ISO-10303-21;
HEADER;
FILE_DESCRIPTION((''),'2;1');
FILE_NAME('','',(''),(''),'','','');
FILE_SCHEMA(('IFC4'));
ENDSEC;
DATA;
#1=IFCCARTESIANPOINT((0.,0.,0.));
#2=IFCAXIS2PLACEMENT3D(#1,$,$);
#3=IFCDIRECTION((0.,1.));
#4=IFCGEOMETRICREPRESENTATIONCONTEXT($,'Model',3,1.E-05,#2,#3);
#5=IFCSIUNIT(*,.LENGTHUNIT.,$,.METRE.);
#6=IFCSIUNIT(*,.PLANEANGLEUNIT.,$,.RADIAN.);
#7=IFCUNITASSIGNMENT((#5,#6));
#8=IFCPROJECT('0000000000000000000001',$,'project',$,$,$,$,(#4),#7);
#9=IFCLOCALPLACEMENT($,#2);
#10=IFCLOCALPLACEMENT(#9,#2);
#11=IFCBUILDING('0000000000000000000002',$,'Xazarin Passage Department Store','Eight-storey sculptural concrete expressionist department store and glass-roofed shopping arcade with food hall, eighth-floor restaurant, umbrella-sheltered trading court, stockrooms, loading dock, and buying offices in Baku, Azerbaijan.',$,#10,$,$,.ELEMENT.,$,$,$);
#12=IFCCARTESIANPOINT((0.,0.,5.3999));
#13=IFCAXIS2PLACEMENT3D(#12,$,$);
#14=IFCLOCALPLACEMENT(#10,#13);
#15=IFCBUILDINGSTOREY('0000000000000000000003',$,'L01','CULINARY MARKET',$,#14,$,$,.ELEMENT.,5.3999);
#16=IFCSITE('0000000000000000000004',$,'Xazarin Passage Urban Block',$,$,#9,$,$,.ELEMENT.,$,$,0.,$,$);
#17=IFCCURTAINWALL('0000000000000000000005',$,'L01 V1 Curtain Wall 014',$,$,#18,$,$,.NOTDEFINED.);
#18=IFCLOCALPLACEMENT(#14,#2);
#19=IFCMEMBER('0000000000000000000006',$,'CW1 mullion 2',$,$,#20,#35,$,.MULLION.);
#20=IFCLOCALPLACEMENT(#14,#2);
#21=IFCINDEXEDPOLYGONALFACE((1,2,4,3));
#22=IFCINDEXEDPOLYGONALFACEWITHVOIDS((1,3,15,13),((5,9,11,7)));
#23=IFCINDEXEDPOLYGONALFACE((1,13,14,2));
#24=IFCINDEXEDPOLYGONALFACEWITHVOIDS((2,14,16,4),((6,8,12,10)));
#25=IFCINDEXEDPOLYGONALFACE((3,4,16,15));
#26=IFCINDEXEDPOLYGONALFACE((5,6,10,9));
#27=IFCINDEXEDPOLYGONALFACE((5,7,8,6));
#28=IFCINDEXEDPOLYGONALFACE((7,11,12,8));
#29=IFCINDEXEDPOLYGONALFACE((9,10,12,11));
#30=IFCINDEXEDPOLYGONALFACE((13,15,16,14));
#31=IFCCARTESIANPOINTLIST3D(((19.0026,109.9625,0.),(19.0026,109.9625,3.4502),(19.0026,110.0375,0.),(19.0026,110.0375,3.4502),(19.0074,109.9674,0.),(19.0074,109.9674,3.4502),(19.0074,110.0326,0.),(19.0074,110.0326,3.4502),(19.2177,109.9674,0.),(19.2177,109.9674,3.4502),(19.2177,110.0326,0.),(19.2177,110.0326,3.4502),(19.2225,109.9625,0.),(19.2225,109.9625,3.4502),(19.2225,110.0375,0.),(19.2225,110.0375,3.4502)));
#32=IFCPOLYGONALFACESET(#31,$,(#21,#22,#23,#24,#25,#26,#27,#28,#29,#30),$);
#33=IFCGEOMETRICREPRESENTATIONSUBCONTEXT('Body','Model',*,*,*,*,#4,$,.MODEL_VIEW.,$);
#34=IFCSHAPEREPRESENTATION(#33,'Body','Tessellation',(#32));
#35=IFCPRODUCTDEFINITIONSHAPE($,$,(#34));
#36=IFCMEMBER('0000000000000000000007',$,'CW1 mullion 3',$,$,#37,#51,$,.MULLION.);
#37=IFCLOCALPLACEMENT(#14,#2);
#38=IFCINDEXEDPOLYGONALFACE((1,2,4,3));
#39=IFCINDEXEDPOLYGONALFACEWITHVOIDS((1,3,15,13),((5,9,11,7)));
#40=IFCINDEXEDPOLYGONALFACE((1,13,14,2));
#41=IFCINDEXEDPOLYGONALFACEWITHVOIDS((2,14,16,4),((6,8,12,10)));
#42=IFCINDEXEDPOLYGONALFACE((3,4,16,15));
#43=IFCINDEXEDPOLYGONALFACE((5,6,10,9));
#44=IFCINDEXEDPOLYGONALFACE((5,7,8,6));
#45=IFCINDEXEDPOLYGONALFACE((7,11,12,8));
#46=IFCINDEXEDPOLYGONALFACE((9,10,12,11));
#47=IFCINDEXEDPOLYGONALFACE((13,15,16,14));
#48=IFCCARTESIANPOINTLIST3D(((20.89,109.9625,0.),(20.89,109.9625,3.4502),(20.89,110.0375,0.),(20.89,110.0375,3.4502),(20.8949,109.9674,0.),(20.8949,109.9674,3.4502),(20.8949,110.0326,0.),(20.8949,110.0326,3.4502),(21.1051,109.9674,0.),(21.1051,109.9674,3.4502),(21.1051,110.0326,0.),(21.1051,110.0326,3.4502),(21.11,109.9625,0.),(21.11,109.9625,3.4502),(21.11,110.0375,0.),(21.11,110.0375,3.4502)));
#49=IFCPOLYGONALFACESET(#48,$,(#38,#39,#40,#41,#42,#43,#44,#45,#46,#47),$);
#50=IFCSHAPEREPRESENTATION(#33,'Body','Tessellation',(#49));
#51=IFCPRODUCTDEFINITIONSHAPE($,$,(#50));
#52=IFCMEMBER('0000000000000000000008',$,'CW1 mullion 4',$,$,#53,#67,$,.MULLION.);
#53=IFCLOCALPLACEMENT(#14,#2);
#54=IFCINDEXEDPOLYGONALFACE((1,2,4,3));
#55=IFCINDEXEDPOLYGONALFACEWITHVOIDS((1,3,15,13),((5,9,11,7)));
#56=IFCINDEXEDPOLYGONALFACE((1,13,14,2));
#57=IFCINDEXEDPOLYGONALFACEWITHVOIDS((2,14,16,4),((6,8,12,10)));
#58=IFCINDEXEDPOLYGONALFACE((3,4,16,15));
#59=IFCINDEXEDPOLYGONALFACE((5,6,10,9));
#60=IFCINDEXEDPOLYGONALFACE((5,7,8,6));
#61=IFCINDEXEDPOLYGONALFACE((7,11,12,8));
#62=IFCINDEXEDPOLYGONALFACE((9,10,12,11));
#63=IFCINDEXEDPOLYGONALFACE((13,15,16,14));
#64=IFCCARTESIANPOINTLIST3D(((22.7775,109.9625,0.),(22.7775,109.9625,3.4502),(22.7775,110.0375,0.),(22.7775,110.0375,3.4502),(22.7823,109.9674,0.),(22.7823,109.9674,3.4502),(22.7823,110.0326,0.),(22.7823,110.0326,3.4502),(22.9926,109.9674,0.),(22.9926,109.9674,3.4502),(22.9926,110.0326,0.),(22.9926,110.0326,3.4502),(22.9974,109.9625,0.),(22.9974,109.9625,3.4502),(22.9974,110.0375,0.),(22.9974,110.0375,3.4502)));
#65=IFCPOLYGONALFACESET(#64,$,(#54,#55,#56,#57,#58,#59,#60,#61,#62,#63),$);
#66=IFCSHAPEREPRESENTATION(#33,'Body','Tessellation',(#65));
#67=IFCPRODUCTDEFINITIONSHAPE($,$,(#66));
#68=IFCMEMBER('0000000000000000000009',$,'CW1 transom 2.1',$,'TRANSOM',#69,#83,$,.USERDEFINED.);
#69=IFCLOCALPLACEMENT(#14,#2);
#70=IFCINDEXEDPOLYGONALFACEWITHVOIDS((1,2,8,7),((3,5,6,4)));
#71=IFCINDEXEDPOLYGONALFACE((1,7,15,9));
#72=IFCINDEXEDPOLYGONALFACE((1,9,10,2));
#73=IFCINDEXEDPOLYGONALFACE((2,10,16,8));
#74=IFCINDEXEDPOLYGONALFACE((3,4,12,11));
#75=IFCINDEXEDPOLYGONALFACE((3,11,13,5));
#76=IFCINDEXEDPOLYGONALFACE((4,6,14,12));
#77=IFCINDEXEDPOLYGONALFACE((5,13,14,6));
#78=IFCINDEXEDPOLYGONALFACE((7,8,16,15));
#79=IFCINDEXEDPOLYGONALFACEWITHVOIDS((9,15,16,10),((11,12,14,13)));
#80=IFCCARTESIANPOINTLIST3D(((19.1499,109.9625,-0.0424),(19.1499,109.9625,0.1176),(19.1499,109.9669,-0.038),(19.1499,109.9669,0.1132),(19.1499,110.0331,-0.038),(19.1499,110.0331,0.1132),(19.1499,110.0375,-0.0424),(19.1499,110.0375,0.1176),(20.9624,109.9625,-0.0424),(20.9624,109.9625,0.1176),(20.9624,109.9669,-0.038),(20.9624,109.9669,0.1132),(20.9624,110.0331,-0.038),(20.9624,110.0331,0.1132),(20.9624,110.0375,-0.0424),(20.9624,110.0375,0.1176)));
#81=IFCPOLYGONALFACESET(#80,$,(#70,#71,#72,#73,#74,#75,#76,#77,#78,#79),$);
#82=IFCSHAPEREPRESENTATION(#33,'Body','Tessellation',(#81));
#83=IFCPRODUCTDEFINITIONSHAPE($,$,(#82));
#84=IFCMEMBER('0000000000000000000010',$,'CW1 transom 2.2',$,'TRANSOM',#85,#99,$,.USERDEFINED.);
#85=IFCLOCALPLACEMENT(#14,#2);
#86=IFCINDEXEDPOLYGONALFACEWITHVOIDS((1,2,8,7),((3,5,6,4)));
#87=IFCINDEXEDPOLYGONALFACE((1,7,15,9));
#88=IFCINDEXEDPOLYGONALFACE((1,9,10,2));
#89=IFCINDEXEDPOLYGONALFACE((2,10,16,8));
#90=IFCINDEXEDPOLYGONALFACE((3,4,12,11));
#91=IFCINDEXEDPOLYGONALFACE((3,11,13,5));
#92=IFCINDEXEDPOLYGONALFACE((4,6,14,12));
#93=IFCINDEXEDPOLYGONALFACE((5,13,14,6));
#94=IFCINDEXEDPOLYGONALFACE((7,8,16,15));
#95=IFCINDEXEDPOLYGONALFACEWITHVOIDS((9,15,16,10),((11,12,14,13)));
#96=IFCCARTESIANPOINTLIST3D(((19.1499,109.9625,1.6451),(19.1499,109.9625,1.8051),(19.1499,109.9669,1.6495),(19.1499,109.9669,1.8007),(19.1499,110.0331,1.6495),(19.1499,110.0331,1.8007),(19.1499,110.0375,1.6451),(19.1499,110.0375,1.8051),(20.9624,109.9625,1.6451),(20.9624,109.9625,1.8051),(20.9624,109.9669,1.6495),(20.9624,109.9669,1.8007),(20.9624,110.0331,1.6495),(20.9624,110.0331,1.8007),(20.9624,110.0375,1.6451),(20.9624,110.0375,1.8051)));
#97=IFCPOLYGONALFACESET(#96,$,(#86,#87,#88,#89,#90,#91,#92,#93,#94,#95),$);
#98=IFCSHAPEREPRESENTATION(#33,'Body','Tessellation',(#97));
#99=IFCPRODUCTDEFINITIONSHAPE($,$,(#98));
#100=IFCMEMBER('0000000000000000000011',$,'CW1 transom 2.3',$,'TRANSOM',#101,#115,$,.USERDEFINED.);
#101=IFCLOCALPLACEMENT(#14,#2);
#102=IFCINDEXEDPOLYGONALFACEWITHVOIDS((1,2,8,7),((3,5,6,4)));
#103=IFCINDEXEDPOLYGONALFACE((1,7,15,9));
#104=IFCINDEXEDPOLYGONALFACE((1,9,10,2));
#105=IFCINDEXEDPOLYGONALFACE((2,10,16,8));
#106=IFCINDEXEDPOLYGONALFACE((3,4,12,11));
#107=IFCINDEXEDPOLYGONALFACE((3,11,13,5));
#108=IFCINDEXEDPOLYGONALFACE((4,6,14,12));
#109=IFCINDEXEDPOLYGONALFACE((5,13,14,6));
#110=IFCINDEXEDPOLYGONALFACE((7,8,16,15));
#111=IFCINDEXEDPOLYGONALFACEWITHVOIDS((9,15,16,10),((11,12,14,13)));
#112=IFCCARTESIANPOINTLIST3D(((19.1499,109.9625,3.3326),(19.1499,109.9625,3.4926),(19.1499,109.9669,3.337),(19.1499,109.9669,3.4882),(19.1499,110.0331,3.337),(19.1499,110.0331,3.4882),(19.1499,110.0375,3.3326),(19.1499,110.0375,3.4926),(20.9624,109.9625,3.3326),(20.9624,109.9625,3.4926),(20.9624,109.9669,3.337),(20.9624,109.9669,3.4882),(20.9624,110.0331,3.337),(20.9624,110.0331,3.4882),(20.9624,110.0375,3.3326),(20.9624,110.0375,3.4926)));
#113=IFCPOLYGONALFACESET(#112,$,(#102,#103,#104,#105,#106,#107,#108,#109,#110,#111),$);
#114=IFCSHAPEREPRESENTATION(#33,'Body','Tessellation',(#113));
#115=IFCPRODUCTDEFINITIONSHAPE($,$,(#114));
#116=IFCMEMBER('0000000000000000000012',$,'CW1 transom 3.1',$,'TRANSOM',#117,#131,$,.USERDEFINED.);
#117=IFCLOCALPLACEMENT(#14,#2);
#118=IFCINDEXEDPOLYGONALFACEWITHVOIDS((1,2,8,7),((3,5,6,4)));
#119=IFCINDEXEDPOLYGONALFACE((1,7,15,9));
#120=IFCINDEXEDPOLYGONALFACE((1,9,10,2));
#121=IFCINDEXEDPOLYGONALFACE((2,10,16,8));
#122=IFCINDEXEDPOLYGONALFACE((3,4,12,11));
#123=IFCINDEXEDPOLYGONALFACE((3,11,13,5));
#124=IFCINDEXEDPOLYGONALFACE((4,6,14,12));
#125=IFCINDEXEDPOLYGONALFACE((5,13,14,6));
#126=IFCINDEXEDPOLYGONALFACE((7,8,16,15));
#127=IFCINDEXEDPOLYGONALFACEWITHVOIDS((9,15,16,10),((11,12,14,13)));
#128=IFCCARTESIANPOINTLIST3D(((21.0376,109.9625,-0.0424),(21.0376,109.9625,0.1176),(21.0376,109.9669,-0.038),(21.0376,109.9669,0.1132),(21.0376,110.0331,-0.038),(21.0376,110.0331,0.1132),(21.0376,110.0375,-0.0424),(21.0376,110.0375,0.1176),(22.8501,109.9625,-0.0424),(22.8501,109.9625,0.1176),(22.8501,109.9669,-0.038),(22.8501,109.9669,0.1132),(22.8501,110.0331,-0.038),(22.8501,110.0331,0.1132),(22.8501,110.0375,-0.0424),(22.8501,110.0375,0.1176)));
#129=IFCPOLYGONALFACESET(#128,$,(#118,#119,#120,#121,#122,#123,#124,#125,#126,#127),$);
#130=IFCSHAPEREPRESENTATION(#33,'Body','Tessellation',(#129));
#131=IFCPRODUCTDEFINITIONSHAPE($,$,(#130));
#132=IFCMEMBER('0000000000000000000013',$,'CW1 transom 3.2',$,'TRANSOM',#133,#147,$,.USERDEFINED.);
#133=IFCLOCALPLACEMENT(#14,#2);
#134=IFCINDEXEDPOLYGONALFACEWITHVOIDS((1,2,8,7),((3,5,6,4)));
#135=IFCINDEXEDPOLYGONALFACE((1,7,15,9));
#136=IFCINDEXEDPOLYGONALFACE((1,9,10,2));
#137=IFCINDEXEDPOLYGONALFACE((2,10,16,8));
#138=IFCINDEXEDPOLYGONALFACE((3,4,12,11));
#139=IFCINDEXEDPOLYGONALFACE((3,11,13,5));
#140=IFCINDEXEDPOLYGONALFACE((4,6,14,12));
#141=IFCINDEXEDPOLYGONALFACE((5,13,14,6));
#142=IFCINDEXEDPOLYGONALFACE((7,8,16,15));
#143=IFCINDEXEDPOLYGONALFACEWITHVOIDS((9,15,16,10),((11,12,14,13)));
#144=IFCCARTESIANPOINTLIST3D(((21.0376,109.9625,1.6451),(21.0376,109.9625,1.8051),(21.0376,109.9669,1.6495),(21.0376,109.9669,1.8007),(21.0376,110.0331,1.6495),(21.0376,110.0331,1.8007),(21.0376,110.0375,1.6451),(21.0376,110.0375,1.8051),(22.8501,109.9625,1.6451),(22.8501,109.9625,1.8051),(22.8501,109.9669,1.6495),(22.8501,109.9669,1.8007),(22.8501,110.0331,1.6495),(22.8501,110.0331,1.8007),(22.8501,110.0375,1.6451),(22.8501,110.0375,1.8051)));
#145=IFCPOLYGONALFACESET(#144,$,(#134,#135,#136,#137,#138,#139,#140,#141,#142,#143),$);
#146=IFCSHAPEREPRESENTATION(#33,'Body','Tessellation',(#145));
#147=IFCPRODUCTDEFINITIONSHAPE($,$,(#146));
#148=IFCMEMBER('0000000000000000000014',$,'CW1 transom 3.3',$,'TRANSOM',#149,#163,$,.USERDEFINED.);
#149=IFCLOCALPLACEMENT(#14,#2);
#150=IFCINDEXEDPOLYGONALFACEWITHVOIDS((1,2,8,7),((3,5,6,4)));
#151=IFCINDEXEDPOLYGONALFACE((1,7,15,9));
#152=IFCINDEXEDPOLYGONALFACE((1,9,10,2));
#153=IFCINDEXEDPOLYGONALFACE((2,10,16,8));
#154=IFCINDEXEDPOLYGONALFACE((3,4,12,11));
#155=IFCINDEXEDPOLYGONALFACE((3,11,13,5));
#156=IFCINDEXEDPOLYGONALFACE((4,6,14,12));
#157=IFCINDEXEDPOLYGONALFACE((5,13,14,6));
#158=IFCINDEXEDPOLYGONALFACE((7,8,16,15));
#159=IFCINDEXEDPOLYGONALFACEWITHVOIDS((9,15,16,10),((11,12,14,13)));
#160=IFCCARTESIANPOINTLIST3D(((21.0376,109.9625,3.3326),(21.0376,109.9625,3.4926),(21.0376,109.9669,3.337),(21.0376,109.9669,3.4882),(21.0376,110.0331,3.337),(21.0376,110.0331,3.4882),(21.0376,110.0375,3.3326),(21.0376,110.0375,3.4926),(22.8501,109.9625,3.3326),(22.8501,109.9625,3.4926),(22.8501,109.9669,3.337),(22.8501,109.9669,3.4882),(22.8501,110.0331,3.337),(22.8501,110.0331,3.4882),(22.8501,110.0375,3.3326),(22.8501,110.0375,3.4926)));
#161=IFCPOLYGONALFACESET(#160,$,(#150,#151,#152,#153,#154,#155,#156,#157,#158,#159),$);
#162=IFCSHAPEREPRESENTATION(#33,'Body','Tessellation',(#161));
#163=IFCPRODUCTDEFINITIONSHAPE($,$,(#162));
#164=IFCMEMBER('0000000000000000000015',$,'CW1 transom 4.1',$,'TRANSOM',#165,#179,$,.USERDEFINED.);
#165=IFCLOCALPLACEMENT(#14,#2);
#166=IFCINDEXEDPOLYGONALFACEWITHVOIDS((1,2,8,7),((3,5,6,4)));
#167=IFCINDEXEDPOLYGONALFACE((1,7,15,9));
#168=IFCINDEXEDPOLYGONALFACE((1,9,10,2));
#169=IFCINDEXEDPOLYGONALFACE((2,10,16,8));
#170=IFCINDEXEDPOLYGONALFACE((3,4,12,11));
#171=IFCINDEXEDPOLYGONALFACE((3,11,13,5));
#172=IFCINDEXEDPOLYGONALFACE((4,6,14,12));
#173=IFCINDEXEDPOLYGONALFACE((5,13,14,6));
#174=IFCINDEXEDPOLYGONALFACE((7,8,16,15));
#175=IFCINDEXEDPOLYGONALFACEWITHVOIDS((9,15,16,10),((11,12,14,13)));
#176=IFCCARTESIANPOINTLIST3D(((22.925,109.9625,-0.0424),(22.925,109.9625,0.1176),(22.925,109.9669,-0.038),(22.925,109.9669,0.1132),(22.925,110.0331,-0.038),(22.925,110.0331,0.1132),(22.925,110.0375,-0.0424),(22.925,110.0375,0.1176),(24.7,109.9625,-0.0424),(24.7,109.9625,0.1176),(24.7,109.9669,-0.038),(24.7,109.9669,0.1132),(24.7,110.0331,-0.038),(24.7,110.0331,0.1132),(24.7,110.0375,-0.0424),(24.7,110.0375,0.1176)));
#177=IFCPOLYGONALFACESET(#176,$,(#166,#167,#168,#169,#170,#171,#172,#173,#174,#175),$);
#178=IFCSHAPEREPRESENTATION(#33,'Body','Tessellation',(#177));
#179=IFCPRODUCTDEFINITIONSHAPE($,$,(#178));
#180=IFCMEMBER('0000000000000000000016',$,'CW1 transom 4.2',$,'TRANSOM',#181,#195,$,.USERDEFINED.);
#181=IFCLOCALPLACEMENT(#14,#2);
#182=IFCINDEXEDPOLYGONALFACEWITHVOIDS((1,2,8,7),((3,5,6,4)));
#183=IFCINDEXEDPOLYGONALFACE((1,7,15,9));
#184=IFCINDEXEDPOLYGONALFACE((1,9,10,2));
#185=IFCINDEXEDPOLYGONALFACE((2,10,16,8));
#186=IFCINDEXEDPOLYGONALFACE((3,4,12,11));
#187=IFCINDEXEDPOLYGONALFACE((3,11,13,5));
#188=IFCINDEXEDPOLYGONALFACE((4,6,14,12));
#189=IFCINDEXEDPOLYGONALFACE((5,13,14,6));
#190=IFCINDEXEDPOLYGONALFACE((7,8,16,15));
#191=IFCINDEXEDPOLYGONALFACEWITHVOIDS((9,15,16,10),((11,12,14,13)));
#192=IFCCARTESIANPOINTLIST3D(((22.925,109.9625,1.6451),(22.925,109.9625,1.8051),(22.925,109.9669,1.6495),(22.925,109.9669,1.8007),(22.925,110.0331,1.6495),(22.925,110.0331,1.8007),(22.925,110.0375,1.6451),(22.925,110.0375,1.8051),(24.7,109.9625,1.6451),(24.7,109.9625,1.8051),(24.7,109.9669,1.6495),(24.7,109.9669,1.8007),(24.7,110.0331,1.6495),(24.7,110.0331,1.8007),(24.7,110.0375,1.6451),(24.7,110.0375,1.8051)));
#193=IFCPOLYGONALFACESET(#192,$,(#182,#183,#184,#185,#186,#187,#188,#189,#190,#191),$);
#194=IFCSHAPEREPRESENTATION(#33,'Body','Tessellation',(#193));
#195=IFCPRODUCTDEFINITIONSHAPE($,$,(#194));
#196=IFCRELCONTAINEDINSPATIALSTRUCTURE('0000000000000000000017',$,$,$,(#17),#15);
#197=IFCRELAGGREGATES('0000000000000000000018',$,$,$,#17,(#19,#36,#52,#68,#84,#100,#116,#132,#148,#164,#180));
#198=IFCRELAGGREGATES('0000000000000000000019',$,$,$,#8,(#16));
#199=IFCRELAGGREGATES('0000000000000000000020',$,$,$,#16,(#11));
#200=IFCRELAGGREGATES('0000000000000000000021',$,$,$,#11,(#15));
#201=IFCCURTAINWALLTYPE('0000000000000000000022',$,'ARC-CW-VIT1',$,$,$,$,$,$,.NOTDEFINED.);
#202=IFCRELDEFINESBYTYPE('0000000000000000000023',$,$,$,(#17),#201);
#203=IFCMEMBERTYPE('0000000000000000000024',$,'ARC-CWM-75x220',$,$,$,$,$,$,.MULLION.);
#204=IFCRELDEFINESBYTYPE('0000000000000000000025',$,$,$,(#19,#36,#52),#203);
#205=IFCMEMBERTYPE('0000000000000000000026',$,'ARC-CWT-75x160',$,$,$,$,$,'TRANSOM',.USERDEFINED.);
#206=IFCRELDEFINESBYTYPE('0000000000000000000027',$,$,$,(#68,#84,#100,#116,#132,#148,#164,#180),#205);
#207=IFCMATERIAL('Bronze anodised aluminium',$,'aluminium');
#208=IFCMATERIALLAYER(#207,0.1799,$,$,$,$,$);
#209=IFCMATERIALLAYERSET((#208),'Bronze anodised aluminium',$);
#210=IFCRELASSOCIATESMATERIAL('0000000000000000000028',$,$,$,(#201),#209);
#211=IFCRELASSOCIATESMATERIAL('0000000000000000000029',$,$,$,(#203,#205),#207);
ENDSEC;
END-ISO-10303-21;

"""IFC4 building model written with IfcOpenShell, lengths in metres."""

from ifc_helpers import new_model, si_unit, direction, frame, origin, origin_2d, place, context, subcontext, project, spatial, hollow_rectangle, extrude, material, layer, layer_set, material_profile, profile_set, type_object, element, aggregate, save


model = new_model("IFC4")

# Units and contexts
model_context = context("Model", 3, precision=1e-05, world=origin(), true_north=direction((0.0, 1.0)))
body_context = subcontext(model_context, "Body", "Model", "MODEL_VIEW")
ifc_project = project(units=[si_unit("LENGTHUNIT", "METRE"), si_unit("PLANEANGLEUNIT", "RADIAN")], contexts=[model_context])

# Site, building, storey
site_placement = place(None, origin())
site = spatial("IfcSite", under=ifc_project, at=site_placement, Name="Xazarin Passage Urban Block", CompositionType="ELEMENT", RefElevation=0.0)
building_placement = place(site_placement, origin())
building = spatial("IfcBuilding", under=site, at=building_placement, Name="Xazarin Passage Department Store", Description="Eight-storey sculptural concrete expressionist department store and glass-roofed shopping arcade with food hall, eighth-floor restaurant, umbrella-sheltered trading court, stockrooms, loading dock, and buying offices in Baku, Azerbaijan.", CompositionType="ELEMENT")
storey_placement = place(building_placement, frame((0.0, 0.0, 5.3999)))
storey = spatial("IfcBuildingStorey", under=building, at=storey_placement, Name="L01", Description="CULINARY MARKET", CompositionType="ELEMENT", Elevation=5.3999)

# Curtain wall, members
ifc_material_1 = material(Name="Bronze anodised aluminium", Category="aluminium")
ifc_layer_1 = layer(ifc_material_1, 0.1799)
ifc_layer_set_1 = layer_set([ifc_layer_1], Name="Bronze anodised aluminium")
curtain_wall_type = type_object("IfcCurtainWallType", Name="ARC-CW-VIT1", PredefinedType="NOTDEFINED", material=ifc_layer_set_1)
curtain_wall_placement = place(storey_placement, origin())
curtain_wall = element("IfcCurtainWall", 1, at=curtain_wall_placement, inside=storey, type_object=curtain_wall_type, Name="L01 V1 Curtain Wall 014", PredefinedType="NOTDEFINED")
ifc_material_profile_1 = material_profile(ifc_material_1, hollow_rectangle(XDim=0.075, YDim=0.22, WallThickness=0.0049, at=origin_2d()), Name="ALU 75x220")
ifc_profile_set_1 = profile_set([ifc_material_profile_1], Name="Bronze anodised aluminium")
member_type_1 = type_object("IfcMemberType", Name="ARC-CWM-75x220", PredefinedType="MULLION", material=ifc_profile_set_1)
member_1_placement = place(storey_placement, frame((19.1125, 110.0, 0.0), z_axis=(0.0, 0.0, 1.0), x_axis=(0.0, 1.0, 0.0)))
member_1 = element("IfcMember", 2, at=member_1_placement, type_object=member_type_1, Name="CW1 mullion 2", PredefinedType="MULLION", context=body_context, shape_type="SweptSolid", body=[
    extrude(hollow_rectangle(XDim=0.075, YDim=0.22, WallThickness=0.0049, at=origin_2d()), origin(), (0.0, 0.0, 1.0), 3.4502),
])
member_2_placement = place(storey_placement, frame((21.0, 110.0, 0.0), z_axis=(0.0, 0.0, 1.0), x_axis=(0.0, 1.0, 0.0)))
member_2 = element("IfcMember", 3, at=member_2_placement, type_object=member_type_1, Name="CW1 mullion 3", PredefinedType="MULLION", context=body_context, shape_type="SweptSolid", body=[
    extrude(hollow_rectangle(XDim=0.075, YDim=0.22, WallThickness=0.0049, at=origin_2d()), origin(), (0.0, 0.0, 1.0), 3.4502),
])
member_3_placement = place(storey_placement, frame((22.8875, 110.0, 0.0), z_axis=(0.0, 0.0, 1.0), x_axis=(0.0, 1.0, 0.0)))
member_3 = element("IfcMember", 4, at=member_3_placement, type_object=member_type_1, Name="CW1 mullion 4", PredefinedType="MULLION", context=body_context, shape_type="SweptSolid", body=[
    extrude(hollow_rectangle(XDim=0.075, YDim=0.22, WallThickness=0.0049, at=origin_2d()), origin(), (0.0, 0.0, 1.0), 3.4502),
])
ifc_material_profile_2 = material_profile(ifc_material_1, hollow_rectangle(XDim=0.075, YDim=0.1599, WallThickness=0.0044, at=origin_2d()), Name="ALU 75x160")
ifc_profile_set_2 = profile_set([ifc_material_profile_2], Name="Bronze anodised aluminium")
member_type_2 = type_object("IfcMemberType", Name="ARC-CWT-75x160", ElementType="TRANSOM", PredefinedType="USERDEFINED", material=ifc_profile_set_2)
member_4_placement = place(storey_placement, frame((19.1499, 110.0, 0.0376), z_axis=(1.0, 0.0, 0.0), x_axis=(0.0, 1.0, 0.0)))
member_4 = element("IfcMember", 5, at=member_4_placement, type_object=member_type_2, Name="CW1 transom 2.1", ObjectType="TRANSOM", PredefinedType="USERDEFINED", context=body_context, shape_type="SweptSolid", body=[
    extrude(hollow_rectangle(XDim=0.075, YDim=0.1599, WallThickness=0.0044, at=origin_2d()), origin(), (0.0, 0.0, 1.0), 1.8125),
])
member_5_placement = place(storey_placement, frame((19.1499, 110.0, 1.7251), z_axis=(1.0, 0.0, 0.0), x_axis=(0.0, 1.0, 0.0)))
member_5 = element("IfcMember", 6, at=member_5_placement, type_object=member_type_2, Name="CW1 transom 2.2", ObjectType="TRANSOM", PredefinedType="USERDEFINED", context=body_context, shape_type="SweptSolid", body=[
    extrude(hollow_rectangle(XDim=0.075, YDim=0.1599, WallThickness=0.0044, at=origin_2d()), origin(), (0.0, 0.0, 1.0), 1.8125),
])
member_6_placement = place(storey_placement, frame((19.1499, 110.0, 3.4126), z_axis=(1.0, 0.0, 0.0), x_axis=(0.0, 1.0, 0.0)))
member_6 = element("IfcMember", 7, at=member_6_placement, type_object=member_type_2, Name="CW1 transom 2.3", ObjectType="TRANSOM", PredefinedType="USERDEFINED", context=body_context, shape_type="SweptSolid", body=[
    extrude(hollow_rectangle(XDim=0.075, YDim=0.1599, WallThickness=0.0044, at=origin_2d()), origin(), (0.0, 0.0, 1.0), 1.8125),
])
member_7_placement = place(storey_placement, frame((21.0376, 110.0, 0.0376), z_axis=(1.0, 0.0, 0.0), x_axis=(0.0, 1.0, 0.0)))
member_7 = element("IfcMember", 8, at=member_7_placement, type_object=member_type_2, Name="CW1 transom 3.1", ObjectType="TRANSOM", PredefinedType="USERDEFINED", context=body_context, shape_type="SweptSolid", body=[
    extrude(hollow_rectangle(XDim=0.075, YDim=0.1599, WallThickness=0.0044, at=origin_2d()), origin(), (0.0, 0.0, 1.0), 1.8125),
])
member_8_placement = place(storey_placement, frame((21.0376, 110.0, 1.7251), z_axis=(1.0, 0.0, 0.0), x_axis=(0.0, 1.0, 0.0)))
member_8 = element("IfcMember", 9, at=member_8_placement, type_object=member_type_2, Name="CW1 transom 3.2", ObjectType="TRANSOM", PredefinedType="USERDEFINED", context=body_context, shape_type="SweptSolid", body=[
    extrude(hollow_rectangle(XDim=0.075, YDim=0.1599, WallThickness=0.0044, at=origin_2d()), origin(), (0.0, 0.0, 1.0), 1.8125),
])
member_9_placement = place(storey_placement, frame((21.0376, 110.0, 3.4126), z_axis=(1.0, 0.0, 0.0), x_axis=(0.0, 1.0, 0.0)))
member_9 = element("IfcMember", 10, at=member_9_placement, type_object=member_type_2, Name="CW1 transom 3.3", ObjectType="TRANSOM", PredefinedType="USERDEFINED", context=body_context, shape_type="SweptSolid", body=[
    extrude(hollow_rectangle(XDim=0.075, YDim=0.1599, WallThickness=0.0044, at=origin_2d()), origin(), (0.0, 0.0, 1.0), 1.8125),
])
member_10_placement = place(storey_placement, frame((22.925, 110.0, 0.0376), z_axis=(1.0, 0.0, 0.0), x_axis=(0.0, 1.0, 0.0)))
member_10 = element("IfcMember", 11, at=member_10_placement, type_object=member_type_2, Name="CW1 transom 4.1", ObjectType="TRANSOM", PredefinedType="USERDEFINED", context=body_context, shape_type="SweptSolid", body=[
    extrude(hollow_rectangle(XDim=0.075, YDim=0.1599, WallThickness=0.0044, at=origin_2d()), origin(), (0.0, 0.0, 1.0), 1.7749),
])
member_11_placement = place(storey_placement, frame((22.925, 110.0, 1.7251), z_axis=(1.0, 0.0, 0.0), x_axis=(0.0, 1.0, 0.0)))
member_11 = element("IfcMember", 12, at=member_11_placement, type_object=member_type_2, Name="CW1 transom 4.2", ObjectType="TRANSOM", PredefinedType="USERDEFINED", context=body_context, shape_type="SweptSolid", body=[
    extrude(hollow_rectangle(XDim=0.075, YDim=0.1599, WallThickness=0.0044, at=origin_2d()), origin(), (0.0, 0.0, 1.0), 1.7749),
])

aggregate(curtain_wall, [member_1, member_2, member_3, member_4, member_5, member_6, member_7, member_8, member_9, member_10, member_11])

save(model, "model.ifc")
